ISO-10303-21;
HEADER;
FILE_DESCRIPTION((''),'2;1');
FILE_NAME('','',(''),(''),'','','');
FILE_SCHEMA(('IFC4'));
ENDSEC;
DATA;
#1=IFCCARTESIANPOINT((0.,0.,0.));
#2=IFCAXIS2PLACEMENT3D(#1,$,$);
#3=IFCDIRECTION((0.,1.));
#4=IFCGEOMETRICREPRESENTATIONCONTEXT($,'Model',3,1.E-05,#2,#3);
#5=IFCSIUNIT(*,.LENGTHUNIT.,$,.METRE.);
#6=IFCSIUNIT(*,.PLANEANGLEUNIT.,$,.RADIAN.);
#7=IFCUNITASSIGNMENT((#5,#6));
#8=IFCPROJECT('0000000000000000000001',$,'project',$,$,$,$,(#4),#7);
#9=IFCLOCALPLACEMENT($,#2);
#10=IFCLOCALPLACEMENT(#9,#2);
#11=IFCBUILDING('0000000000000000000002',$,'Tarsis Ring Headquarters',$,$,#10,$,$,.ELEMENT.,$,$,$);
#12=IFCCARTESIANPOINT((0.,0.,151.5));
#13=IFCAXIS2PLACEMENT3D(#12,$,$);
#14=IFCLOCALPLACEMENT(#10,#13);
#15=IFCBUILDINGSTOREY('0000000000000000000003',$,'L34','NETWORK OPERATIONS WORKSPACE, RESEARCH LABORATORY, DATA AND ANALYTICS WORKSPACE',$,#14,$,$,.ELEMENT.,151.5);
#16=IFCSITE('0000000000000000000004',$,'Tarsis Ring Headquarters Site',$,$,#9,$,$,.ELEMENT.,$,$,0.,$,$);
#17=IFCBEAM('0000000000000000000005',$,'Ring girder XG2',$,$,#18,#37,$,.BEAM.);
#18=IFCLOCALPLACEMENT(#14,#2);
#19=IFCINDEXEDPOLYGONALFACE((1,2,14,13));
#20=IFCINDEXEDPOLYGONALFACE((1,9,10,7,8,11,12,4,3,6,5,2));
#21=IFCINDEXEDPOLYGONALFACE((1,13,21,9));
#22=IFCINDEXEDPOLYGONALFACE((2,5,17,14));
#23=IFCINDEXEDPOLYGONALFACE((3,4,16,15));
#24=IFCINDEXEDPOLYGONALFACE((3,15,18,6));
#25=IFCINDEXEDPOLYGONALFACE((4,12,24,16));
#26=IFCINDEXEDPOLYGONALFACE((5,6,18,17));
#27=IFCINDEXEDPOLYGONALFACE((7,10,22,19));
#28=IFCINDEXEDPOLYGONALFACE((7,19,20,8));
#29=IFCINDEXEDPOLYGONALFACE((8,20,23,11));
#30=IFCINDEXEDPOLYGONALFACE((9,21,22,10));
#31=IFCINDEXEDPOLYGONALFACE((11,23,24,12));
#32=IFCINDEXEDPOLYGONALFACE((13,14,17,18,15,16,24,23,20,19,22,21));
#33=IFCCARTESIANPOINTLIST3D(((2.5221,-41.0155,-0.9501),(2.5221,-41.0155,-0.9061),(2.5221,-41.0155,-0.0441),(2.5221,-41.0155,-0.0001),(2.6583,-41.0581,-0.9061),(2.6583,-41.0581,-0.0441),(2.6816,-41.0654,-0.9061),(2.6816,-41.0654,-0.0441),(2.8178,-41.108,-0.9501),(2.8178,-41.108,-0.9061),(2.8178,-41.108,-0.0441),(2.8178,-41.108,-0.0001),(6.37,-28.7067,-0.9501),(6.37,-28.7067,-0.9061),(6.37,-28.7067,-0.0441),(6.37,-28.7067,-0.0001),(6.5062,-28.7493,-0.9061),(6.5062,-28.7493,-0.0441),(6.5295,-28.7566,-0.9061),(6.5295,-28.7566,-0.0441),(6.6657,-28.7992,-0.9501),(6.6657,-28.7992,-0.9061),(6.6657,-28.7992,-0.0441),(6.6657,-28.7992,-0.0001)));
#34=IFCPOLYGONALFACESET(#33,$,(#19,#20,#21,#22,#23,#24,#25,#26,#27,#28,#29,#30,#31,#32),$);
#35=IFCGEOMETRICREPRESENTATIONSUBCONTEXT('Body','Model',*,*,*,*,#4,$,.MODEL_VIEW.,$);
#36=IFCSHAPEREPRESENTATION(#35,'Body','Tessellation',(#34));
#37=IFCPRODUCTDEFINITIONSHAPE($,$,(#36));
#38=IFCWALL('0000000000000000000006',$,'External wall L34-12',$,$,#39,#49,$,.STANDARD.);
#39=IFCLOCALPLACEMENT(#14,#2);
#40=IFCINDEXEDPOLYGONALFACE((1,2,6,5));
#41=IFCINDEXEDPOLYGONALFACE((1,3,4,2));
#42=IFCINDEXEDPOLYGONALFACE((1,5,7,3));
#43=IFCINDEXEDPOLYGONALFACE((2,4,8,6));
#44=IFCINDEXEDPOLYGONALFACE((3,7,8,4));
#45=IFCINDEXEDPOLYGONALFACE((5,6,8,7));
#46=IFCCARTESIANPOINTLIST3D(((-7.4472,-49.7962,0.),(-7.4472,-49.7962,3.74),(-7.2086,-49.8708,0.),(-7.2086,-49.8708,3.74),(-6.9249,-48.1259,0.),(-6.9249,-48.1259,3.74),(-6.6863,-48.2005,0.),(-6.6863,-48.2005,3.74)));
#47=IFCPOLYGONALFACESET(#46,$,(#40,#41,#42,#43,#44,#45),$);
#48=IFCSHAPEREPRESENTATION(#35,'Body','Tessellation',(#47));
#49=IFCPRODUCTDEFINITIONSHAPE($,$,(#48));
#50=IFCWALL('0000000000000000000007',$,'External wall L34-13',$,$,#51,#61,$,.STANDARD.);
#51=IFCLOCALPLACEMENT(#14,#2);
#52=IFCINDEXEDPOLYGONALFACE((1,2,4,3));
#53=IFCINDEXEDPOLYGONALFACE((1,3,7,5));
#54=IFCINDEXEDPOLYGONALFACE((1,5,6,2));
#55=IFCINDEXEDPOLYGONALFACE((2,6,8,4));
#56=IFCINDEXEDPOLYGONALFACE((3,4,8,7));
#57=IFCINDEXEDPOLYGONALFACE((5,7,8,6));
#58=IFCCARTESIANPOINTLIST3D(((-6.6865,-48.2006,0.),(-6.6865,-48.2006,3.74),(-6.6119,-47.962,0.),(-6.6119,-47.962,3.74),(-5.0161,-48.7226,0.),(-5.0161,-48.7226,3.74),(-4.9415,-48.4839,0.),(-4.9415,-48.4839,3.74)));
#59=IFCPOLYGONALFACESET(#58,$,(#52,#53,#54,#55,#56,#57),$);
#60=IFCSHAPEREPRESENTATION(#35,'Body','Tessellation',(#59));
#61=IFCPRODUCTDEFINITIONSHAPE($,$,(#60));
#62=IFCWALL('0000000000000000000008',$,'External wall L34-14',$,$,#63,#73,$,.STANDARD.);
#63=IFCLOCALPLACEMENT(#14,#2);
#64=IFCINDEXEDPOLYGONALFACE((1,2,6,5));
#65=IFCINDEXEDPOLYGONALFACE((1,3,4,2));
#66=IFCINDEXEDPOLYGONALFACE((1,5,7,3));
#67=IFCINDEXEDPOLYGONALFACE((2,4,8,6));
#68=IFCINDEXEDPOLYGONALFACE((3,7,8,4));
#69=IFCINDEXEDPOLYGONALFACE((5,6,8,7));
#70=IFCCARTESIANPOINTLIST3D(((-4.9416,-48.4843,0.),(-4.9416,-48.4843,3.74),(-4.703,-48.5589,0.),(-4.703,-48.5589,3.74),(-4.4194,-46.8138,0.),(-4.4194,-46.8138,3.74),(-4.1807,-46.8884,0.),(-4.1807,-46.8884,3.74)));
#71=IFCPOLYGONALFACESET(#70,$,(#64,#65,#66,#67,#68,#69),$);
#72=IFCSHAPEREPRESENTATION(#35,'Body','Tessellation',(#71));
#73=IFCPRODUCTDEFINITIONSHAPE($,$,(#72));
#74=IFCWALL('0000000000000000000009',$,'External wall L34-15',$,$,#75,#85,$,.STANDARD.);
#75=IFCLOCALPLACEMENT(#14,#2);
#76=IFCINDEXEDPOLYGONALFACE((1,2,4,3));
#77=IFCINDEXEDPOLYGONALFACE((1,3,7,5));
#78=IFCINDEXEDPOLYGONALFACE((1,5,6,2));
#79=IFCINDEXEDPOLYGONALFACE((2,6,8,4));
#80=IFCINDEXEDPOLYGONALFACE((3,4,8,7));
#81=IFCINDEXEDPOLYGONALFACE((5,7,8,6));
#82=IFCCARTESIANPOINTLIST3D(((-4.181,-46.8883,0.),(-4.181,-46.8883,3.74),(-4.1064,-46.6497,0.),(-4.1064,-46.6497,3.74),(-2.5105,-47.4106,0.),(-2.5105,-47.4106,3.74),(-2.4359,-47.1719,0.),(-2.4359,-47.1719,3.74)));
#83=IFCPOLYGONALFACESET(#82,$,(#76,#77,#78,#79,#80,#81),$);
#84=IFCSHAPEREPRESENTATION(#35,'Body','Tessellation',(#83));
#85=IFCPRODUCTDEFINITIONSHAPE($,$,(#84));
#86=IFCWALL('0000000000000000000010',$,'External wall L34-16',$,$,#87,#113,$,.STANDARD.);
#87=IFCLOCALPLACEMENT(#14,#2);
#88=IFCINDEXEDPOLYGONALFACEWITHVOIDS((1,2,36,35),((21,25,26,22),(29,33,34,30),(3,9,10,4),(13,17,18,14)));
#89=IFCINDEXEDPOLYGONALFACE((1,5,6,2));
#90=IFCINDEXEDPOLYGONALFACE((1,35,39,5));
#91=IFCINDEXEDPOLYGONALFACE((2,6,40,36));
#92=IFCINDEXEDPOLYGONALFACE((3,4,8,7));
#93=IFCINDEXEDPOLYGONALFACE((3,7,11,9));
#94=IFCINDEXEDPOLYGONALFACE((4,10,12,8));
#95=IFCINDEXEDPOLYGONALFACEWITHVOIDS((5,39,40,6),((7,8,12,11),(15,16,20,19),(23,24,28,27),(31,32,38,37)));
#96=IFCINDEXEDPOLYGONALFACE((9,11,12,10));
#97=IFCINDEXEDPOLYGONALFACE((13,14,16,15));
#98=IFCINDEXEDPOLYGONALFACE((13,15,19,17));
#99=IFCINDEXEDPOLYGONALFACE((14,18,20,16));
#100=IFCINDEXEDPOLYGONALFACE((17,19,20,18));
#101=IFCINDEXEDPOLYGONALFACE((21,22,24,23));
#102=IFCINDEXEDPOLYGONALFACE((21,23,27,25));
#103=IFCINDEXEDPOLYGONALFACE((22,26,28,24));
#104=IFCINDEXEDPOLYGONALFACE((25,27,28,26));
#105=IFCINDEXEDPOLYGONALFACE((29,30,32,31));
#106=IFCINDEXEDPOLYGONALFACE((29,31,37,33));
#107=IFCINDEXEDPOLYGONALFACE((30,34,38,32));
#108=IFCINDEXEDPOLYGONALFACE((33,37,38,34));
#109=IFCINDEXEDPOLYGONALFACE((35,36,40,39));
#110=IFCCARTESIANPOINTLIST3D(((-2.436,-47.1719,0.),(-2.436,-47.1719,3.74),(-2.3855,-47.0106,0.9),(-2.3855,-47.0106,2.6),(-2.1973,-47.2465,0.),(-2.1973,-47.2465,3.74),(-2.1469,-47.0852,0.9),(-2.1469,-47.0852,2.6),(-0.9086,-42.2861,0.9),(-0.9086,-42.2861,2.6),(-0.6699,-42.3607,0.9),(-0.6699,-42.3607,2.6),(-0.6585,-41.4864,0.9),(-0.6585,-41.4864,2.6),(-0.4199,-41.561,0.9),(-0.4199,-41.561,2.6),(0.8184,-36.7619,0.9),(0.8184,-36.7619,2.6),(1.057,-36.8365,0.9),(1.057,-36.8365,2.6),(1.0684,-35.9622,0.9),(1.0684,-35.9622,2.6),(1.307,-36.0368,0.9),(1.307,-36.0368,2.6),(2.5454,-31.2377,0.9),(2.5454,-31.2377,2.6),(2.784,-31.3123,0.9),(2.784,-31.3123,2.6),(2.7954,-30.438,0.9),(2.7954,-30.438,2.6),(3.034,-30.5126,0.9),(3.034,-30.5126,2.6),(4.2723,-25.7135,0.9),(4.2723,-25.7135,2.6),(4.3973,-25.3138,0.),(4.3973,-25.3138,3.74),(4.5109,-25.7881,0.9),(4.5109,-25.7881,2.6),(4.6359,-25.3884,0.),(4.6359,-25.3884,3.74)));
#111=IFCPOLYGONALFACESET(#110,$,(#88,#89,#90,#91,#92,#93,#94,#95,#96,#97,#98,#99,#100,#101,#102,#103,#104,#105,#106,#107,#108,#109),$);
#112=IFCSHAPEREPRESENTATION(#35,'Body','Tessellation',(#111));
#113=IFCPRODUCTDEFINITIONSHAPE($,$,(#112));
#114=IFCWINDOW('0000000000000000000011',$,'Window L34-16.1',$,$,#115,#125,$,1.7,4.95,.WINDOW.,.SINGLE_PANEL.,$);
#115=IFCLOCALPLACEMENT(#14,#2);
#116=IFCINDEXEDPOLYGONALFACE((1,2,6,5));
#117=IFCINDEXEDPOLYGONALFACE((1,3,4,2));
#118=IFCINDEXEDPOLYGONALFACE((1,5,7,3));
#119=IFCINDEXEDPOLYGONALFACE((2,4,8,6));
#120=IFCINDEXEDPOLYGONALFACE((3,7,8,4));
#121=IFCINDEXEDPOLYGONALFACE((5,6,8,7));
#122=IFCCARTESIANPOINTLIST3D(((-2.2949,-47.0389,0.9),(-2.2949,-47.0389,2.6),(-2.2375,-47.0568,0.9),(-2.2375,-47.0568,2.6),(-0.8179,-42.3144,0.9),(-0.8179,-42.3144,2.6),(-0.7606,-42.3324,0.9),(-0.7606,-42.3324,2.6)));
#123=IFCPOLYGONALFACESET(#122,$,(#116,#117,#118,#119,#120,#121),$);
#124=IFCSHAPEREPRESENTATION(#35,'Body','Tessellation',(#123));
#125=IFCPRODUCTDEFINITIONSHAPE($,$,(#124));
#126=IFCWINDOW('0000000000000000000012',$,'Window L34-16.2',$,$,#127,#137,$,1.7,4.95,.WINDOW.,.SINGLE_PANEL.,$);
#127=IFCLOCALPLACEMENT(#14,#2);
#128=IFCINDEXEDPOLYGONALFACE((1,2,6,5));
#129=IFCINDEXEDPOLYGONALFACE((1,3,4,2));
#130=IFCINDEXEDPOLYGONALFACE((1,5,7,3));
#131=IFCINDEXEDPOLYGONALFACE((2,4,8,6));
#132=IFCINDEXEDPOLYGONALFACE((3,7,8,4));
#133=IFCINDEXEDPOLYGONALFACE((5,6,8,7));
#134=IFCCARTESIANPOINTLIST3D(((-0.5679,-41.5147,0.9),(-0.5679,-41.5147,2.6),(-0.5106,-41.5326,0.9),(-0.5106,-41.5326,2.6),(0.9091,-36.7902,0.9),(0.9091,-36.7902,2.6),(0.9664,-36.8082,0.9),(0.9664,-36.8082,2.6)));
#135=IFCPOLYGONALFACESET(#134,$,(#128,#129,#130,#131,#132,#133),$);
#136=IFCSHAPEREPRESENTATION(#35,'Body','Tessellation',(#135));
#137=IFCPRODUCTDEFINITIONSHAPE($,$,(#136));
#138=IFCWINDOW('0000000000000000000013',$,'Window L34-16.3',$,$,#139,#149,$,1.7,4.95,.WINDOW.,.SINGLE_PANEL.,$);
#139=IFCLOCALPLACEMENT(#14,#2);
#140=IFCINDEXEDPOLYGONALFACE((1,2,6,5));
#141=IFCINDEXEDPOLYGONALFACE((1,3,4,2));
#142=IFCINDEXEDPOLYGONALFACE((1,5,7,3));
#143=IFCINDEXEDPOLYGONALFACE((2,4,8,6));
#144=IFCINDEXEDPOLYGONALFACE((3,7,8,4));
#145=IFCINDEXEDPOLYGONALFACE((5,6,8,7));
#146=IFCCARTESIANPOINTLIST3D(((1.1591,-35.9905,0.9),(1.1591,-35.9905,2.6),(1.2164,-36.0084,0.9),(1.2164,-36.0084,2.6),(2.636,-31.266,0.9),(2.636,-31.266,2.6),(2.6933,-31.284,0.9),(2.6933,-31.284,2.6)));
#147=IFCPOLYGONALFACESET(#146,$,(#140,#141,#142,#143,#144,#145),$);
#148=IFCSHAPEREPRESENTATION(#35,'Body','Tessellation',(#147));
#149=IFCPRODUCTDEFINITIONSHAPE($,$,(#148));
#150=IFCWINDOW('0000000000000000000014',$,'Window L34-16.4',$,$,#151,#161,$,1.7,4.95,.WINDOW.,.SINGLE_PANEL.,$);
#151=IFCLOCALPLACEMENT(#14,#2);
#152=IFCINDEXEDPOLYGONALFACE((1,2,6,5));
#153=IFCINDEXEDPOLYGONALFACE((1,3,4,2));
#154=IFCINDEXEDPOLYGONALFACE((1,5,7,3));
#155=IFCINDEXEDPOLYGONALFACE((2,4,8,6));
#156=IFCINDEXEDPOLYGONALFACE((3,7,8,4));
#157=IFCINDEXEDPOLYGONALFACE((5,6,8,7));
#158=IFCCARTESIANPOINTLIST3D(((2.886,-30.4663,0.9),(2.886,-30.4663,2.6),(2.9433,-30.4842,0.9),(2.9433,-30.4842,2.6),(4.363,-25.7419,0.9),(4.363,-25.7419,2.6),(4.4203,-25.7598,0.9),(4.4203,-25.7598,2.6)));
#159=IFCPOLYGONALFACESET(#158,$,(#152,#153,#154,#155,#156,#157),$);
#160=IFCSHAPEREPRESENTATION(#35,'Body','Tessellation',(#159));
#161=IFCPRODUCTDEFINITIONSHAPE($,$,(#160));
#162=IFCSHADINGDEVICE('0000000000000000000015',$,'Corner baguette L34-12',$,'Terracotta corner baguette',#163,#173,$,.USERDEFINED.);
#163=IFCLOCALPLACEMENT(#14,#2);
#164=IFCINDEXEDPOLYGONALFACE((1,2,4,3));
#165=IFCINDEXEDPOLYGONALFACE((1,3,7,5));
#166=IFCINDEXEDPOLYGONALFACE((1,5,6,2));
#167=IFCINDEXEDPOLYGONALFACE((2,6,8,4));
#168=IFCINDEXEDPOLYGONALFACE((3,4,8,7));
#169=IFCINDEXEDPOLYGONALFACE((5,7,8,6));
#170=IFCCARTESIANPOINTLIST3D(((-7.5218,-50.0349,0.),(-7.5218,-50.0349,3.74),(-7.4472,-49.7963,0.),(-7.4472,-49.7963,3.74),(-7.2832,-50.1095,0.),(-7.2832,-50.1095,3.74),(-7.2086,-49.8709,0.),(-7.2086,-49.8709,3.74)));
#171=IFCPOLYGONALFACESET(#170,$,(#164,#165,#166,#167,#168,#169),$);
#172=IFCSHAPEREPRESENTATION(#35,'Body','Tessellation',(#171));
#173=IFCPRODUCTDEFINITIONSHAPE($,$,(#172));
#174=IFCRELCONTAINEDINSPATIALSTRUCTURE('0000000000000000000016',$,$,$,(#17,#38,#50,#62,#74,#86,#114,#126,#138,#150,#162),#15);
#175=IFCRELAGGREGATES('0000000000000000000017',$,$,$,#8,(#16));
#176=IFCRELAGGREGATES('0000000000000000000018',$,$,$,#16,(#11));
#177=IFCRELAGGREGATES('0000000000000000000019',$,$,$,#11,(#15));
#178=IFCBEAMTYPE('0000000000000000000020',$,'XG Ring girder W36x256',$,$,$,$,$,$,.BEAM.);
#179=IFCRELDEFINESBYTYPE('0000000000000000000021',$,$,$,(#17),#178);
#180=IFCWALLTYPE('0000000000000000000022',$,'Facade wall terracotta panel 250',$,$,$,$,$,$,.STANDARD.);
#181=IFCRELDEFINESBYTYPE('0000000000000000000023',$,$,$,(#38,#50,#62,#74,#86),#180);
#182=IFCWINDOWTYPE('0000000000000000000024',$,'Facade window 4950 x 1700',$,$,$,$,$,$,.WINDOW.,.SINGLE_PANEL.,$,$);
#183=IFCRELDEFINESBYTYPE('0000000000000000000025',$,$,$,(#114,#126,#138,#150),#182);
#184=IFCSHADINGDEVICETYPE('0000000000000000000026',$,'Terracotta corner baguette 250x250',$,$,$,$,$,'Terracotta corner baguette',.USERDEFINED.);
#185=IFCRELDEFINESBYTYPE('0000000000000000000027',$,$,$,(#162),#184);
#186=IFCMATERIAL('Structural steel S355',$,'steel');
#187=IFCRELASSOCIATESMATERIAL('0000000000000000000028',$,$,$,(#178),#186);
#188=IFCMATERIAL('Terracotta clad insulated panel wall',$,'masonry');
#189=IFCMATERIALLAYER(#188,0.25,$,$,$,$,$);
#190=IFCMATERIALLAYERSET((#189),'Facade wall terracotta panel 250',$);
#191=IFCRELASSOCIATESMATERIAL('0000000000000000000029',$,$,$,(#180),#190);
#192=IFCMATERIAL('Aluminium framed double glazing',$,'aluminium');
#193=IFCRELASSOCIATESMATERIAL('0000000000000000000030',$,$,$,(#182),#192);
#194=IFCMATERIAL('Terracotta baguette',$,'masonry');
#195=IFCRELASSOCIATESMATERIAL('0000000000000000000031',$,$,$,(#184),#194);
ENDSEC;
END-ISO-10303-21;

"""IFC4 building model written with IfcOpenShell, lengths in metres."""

from ifc_helpers import new_model, si_unit, direction, frame, frame_2d, origin, origin_2d, place, context, subcontext, project, spatial, rectangle, i_section, extrude, material, layer, layer_set, material_profile, profile_set, type_object, element, fill, save


model = new_model("IFC4")

# Units and contexts
model_context = context("Model", 3, precision=1e-05, world=origin(), true_north=direction((0.0, 1.0)))
body_context = subcontext(model_context, "Body", "Model", "MODEL_VIEW")
ifc_project = project(units=[si_unit("LENGTHUNIT", "METRE"), si_unit("PLANEANGLEUNIT", "RADIAN")], contexts=[model_context])

# Site, building, storey
site_placement = place(None, origin())
site = spatial("IfcSite", under=ifc_project, at=site_placement, Name="Tarsis Ring Headquarters Site", CompositionType="ELEMENT", RefElevation=0.0)
building_placement = place(site_placement, origin())
building = spatial("IfcBuilding", under=site, at=building_placement, Name="Tarsis Ring Headquarters", CompositionType="ELEMENT")
storey_placement = place(building_placement, frame((0.0, 0.0, 151.5)))
storey = spatial("IfcBuildingStorey", under=building, at=storey_placement, Name="L34", Description="NETWORK OPERATIONS WORKSPACE, RESEARCH LABORATORY, DATA AND ANALYTICS WORKSPACE", CompositionType="ELEMENT", Elevation=151.5)

# Shared definitions
ifc_material_1 = material(Name="Structural steel S355", Category="steel")

# Beam
ifc_material_profile_1 = material_profile(ifc_material_1, i_section(OverallWidth=0.3098, OverallDepth=0.95, WebThickness=0.0244, FlangeThickness=0.0439, at=origin_2d()), Name="W36x256")
ifc_profile_set_1 = profile_set([ifc_material_profile_1], Name="Structural steel S355")
beam_type = type_object("IfcBeamType", Name="XG Ring girder W36x256", PredefinedType="BEAM", material=ifc_profile_set_1)
for number, where, z_axis, x_axis, name in (
    (1, (2.6699, -41.0618, -0.4751), (0.298373, 0.954449, 0.0), (-0.954449, 0.298373, 0.0), "Ring girder XG2"),
):
    element("IfcBeam", number, at=place(storey_placement, frame(where, z_axis=z_axis, x_axis=x_axis)), inside=storey, type_object=beam_type, Name=name, PredefinedType="BEAM", context=body_context, shape_type="SweptSolid", body=[
        extrude(i_section(OverallWidth=0.3098, OverallDepth=0.95, WebThickness=0.0244, FlangeThickness=0.0439, at=origin_2d()), origin(), (0.0, 0.0, 1.0), 12.8962),
    ])

# Walls
ifc_material_2 = material(Name="Terracotta clad insulated panel wall", Category="masonry")
ifc_layer = layer(ifc_material_2, 0.25)
ifc_layer_set = layer_set([ifc_layer], Name="Facade wall terracotta panel 250")
wall_type = type_object("IfcWallType", Name="Facade wall terracotta panel 250", PredefinedType="STANDARD", material=ifc_layer_set)
for number, where, z_axis, x_axis, name in (
    (2, (-7.3279, -49.8335, 0.0), (0.0, 0.0, 1.0), (0.298426, 0.954433, 0.0), "External wall L34-12"),
    (3, (-6.6492, -48.0813, 0.0), (0.0, 0.0, 1.0), (0.954485, -0.298259, 0.0), "External wall L34-13"),
):
    element("IfcWall", number, at=place(storey_placement, frame(where, z_axis=z_axis, x_axis=x_axis)), inside=storey, type_object=wall_type, Name=name, PredefinedType="STANDARD", context=body_context, shape_type="SweptSolid", body=[
        extrude(rectangle(XDim=1.75, YDim=0.25, at=frame_2d((0.875, 0.0))), origin(), (0.0, 0.0, 1.0), 3.74),
    ])
for number, where, z_axis, x_axis, name in (
    (4, (-4.8223, -48.5215, 0.0), (0.0, 0.0, 1.0), (0.298386, 0.954445, 0.0), "External wall L34-14"),
    (5, (-4.1436, -46.769, 0.0), (0.0, 0.0, 1.0), (0.954445, -0.298386, 0.0), "External wall L34-15"),
):
    element("IfcWall", number, at=place(storey_placement, frame(where, z_axis=z_axis, x_axis=x_axis)), inside=storey, type_object=wall_type, Name=name, PredefinedType="STANDARD", context=body_context, shape_type="SweptSolid", body=[
        extrude(rectangle(XDim=1.7502, YDim=0.25, at=frame_2d((0.875, 0.0))), origin(), (0.0, 0.0, 1.0), 3.74),
    ])

# Wall, openings, windows
wall_placement = place(storey_placement, frame((-2.3167, -47.2092, 0.0), z_axis=(0.0, 0.0, 1.0), x_axis=(0.298378, 0.954448, 0.0)))
wall = element("IfcWall", 6, at=wall_placement, inside=storey, type_object=wall_type, Name="External wall L34-16", PredefinedType="STANDARD", context=body_context, shape_type="SweptSolid", body=[
    extrude(rectangle(XDim=22.9014, YDim=0.25, at=frame_2d((11.4507, 0.0))), origin(), (0.0, 0.0, 1.0), 3.74),
])
opening_1_placement = place(wall_placement, frame((0.1689, 0.0, 0.8999)))
opening_1 = element("IfcOpeningElement", 7, at=opening_1_placement, cuts=wall, PredefinedType="OPENING", context=body_context, shape_type="SweptSolid", body=[
    extrude(rectangle(XDim=4.95, YDim=1.7, at=frame_2d((2.4751, 0.8501))), frame((0.0, 0.135, 0.0), z_axis=(0.0, -1.0, 0.0), x_axis=(1.0, 0.0, 0.0)), (0.0, 0.0, 1.0), 0.27),
])
opening_2_placement = place(wall_placement, frame((5.9568, 0.0, 0.8999)))
opening_2 = element("IfcOpeningElement", 8, at=opening_2_placement, cuts=wall, PredefinedType="OPENING", context=body_context, shape_type="SweptSolid", body=[
    extrude(rectangle(XDim=4.95, YDim=1.7, at=frame_2d((2.4751, 0.8501))), frame((0.0, 0.135, 0.0), z_axis=(0.0, -1.0, 0.0), x_axis=(1.0, 0.0, 0.0)), (0.0, 0.0, 1.0), 0.27),
])
opening_3_placement = place(wall_placement, frame((11.7446, 0.0, 0.8999)))
opening_3 = element("IfcOpeningElement", 9, at=opening_3_placement, cuts=wall, PredefinedType="OPENING", context=body_context, shape_type="SweptSolid", body=[
    extrude(rectangle(XDim=4.95, YDim=1.7, at=frame_2d((2.4751, 0.8501))), frame((0.0, 0.135, 0.0), z_axis=(0.0, -1.0, 0.0), x_axis=(1.0, 0.0, 0.0)), (0.0, 0.0, 1.0), 0.27),
])
opening_4_placement = place(wall_placement, frame((17.5325, 0.0, 0.8999)))
opening_4 = element("IfcOpeningElement", 10, at=opening_4_placement, cuts=wall, PredefinedType="OPENING", context=body_context, shape_type="SweptSolid", body=[
    extrude(rectangle(XDim=4.95, YDim=1.7, at=frame_2d((2.4751, 0.8501))), frame((0.0, 0.135, 0.0), z_axis=(0.0, -1.0, 0.0), x_axis=(1.0, 0.0, 0.0)), (0.0, 0.0, 1.0), 0.27),
])
ifc_material_3 = material(Name="Aluminium framed double glazing", Category="aluminium")
window_type = type_object("IfcWindowType", Name="Facade window 4950 x 1700", PartitioningType="SINGLE_PANEL", PredefinedType="WINDOW", material=ifc_material_3)
window_1_placement = place(opening_1_placement, origin())
window_1 = element("IfcWindow", 11, at=window_1_placement, inside=storey, type_object=window_type, Name="Window L34-16.1", OverallHeight=1.7, OverallWidth=4.95, PartitioningType="SINGLE_PANEL", PredefinedType="WINDOW", context=body_context, shape_type="SweptSolid", body=[
    extrude(rectangle(XDim=4.95, YDim=1.7, at=frame_2d((2.4751, 0.8501))), frame((0.0, 0.03, 0.0), z_axis=(0.0, -1.0, 0.0), x_axis=(1.0, 0.0, 0.0)), (0.0, 0.0, 1.0), 0.0601),
])
fill(opening_1, window_1)
window_2_placement = place(opening_2_placement, origin())
window_2 = element("IfcWindow", 12, at=window_2_placement, inside=storey, type_object=window_type, Name="Window L34-16.2", OverallHeight=1.7, OverallWidth=4.95, PartitioningType="SINGLE_PANEL", PredefinedType="WINDOW", context=body_context, shape_type="SweptSolid", body=[
    extrude(rectangle(XDim=4.95, YDim=1.7, at=frame_2d((2.4751, 0.8501))), frame((0.0, 0.03, 0.0), z_axis=(0.0, -1.0, 0.0), x_axis=(1.0, 0.0, 0.0)), (0.0, 0.0, 1.0), 0.0601),
])
fill(opening_2, window_2)
window_3_placement = place(opening_3_placement, origin())
window_3 = element("IfcWindow", 13, at=window_3_placement, inside=storey, type_object=window_type, Name="Window L34-16.3", OverallHeight=1.7, OverallWidth=4.95, PartitioningType="SINGLE_PANEL", PredefinedType="WINDOW", context=body_context, shape_type="SweptSolid", body=[
    extrude(rectangle(XDim=4.95, YDim=1.7, at=frame_2d((2.4751, 0.8501))), frame((0.0, 0.03, 0.0), z_axis=(0.0, -1.0, 0.0), x_axis=(1.0, 0.0, 0.0)), (0.0, 0.0, 1.0), 0.0601),
])
fill(opening_3, window_3)
window_4_placement = place(opening_4_placement, origin())
window_4 = element("IfcWindow", 14, at=window_4_placement, inside=storey, type_object=window_type, Name="Window L34-16.4", OverallHeight=1.7, OverallWidth=4.95, PartitioningType="SINGLE_PANEL", PredefinedType="WINDOW", context=body_context, shape_type="SweptSolid", body=[
    extrude(rectangle(XDim=4.95, YDim=1.7, at=frame_2d((2.4751, 0.8501))), frame((0.0, 0.03, 0.0), z_axis=(0.0, -1.0, 0.0), x_axis=(1.0, 0.0, 0.0)), (0.0, 0.0, 1.0), 0.0601),
])
fill(opening_4, window_4)

# Shading device
ifc_material_4 = material(Name="Terracotta baguette", Category="masonry")
shading_device_type_1 = type_object("IfcShadingDeviceType", Name="Terracotta corner baguette 250x250", ElementType="Terracotta corner baguette", PredefinedType="USERDEFINED", material=ifc_material_4)
for number, where, z_axis, x_axis, name in (
    (15, (-7.3652, -49.9529, 0.0), (0.0, 0.0, 1.0), (0.954449, -0.298375, 0.0), "Corner baguette L34-12"),
):
    element("IfcShadingDevice", number, at=place(storey_placement, frame(where, z_axis=z_axis, x_axis=x_axis)), inside=storey, type_object=shading_device_type_1, Name=name, ObjectType="Terracotta corner baguette", PredefinedType="USERDEFINED", context=body_context, shape_type="SweptSolid", body=[
        extrude(rectangle(XDim=0.25, YDim=0.25, at=origin_2d()), origin(), (0.0, 0.0, 1.0), 3.74),
    ])

save(model, "model.ifc")
